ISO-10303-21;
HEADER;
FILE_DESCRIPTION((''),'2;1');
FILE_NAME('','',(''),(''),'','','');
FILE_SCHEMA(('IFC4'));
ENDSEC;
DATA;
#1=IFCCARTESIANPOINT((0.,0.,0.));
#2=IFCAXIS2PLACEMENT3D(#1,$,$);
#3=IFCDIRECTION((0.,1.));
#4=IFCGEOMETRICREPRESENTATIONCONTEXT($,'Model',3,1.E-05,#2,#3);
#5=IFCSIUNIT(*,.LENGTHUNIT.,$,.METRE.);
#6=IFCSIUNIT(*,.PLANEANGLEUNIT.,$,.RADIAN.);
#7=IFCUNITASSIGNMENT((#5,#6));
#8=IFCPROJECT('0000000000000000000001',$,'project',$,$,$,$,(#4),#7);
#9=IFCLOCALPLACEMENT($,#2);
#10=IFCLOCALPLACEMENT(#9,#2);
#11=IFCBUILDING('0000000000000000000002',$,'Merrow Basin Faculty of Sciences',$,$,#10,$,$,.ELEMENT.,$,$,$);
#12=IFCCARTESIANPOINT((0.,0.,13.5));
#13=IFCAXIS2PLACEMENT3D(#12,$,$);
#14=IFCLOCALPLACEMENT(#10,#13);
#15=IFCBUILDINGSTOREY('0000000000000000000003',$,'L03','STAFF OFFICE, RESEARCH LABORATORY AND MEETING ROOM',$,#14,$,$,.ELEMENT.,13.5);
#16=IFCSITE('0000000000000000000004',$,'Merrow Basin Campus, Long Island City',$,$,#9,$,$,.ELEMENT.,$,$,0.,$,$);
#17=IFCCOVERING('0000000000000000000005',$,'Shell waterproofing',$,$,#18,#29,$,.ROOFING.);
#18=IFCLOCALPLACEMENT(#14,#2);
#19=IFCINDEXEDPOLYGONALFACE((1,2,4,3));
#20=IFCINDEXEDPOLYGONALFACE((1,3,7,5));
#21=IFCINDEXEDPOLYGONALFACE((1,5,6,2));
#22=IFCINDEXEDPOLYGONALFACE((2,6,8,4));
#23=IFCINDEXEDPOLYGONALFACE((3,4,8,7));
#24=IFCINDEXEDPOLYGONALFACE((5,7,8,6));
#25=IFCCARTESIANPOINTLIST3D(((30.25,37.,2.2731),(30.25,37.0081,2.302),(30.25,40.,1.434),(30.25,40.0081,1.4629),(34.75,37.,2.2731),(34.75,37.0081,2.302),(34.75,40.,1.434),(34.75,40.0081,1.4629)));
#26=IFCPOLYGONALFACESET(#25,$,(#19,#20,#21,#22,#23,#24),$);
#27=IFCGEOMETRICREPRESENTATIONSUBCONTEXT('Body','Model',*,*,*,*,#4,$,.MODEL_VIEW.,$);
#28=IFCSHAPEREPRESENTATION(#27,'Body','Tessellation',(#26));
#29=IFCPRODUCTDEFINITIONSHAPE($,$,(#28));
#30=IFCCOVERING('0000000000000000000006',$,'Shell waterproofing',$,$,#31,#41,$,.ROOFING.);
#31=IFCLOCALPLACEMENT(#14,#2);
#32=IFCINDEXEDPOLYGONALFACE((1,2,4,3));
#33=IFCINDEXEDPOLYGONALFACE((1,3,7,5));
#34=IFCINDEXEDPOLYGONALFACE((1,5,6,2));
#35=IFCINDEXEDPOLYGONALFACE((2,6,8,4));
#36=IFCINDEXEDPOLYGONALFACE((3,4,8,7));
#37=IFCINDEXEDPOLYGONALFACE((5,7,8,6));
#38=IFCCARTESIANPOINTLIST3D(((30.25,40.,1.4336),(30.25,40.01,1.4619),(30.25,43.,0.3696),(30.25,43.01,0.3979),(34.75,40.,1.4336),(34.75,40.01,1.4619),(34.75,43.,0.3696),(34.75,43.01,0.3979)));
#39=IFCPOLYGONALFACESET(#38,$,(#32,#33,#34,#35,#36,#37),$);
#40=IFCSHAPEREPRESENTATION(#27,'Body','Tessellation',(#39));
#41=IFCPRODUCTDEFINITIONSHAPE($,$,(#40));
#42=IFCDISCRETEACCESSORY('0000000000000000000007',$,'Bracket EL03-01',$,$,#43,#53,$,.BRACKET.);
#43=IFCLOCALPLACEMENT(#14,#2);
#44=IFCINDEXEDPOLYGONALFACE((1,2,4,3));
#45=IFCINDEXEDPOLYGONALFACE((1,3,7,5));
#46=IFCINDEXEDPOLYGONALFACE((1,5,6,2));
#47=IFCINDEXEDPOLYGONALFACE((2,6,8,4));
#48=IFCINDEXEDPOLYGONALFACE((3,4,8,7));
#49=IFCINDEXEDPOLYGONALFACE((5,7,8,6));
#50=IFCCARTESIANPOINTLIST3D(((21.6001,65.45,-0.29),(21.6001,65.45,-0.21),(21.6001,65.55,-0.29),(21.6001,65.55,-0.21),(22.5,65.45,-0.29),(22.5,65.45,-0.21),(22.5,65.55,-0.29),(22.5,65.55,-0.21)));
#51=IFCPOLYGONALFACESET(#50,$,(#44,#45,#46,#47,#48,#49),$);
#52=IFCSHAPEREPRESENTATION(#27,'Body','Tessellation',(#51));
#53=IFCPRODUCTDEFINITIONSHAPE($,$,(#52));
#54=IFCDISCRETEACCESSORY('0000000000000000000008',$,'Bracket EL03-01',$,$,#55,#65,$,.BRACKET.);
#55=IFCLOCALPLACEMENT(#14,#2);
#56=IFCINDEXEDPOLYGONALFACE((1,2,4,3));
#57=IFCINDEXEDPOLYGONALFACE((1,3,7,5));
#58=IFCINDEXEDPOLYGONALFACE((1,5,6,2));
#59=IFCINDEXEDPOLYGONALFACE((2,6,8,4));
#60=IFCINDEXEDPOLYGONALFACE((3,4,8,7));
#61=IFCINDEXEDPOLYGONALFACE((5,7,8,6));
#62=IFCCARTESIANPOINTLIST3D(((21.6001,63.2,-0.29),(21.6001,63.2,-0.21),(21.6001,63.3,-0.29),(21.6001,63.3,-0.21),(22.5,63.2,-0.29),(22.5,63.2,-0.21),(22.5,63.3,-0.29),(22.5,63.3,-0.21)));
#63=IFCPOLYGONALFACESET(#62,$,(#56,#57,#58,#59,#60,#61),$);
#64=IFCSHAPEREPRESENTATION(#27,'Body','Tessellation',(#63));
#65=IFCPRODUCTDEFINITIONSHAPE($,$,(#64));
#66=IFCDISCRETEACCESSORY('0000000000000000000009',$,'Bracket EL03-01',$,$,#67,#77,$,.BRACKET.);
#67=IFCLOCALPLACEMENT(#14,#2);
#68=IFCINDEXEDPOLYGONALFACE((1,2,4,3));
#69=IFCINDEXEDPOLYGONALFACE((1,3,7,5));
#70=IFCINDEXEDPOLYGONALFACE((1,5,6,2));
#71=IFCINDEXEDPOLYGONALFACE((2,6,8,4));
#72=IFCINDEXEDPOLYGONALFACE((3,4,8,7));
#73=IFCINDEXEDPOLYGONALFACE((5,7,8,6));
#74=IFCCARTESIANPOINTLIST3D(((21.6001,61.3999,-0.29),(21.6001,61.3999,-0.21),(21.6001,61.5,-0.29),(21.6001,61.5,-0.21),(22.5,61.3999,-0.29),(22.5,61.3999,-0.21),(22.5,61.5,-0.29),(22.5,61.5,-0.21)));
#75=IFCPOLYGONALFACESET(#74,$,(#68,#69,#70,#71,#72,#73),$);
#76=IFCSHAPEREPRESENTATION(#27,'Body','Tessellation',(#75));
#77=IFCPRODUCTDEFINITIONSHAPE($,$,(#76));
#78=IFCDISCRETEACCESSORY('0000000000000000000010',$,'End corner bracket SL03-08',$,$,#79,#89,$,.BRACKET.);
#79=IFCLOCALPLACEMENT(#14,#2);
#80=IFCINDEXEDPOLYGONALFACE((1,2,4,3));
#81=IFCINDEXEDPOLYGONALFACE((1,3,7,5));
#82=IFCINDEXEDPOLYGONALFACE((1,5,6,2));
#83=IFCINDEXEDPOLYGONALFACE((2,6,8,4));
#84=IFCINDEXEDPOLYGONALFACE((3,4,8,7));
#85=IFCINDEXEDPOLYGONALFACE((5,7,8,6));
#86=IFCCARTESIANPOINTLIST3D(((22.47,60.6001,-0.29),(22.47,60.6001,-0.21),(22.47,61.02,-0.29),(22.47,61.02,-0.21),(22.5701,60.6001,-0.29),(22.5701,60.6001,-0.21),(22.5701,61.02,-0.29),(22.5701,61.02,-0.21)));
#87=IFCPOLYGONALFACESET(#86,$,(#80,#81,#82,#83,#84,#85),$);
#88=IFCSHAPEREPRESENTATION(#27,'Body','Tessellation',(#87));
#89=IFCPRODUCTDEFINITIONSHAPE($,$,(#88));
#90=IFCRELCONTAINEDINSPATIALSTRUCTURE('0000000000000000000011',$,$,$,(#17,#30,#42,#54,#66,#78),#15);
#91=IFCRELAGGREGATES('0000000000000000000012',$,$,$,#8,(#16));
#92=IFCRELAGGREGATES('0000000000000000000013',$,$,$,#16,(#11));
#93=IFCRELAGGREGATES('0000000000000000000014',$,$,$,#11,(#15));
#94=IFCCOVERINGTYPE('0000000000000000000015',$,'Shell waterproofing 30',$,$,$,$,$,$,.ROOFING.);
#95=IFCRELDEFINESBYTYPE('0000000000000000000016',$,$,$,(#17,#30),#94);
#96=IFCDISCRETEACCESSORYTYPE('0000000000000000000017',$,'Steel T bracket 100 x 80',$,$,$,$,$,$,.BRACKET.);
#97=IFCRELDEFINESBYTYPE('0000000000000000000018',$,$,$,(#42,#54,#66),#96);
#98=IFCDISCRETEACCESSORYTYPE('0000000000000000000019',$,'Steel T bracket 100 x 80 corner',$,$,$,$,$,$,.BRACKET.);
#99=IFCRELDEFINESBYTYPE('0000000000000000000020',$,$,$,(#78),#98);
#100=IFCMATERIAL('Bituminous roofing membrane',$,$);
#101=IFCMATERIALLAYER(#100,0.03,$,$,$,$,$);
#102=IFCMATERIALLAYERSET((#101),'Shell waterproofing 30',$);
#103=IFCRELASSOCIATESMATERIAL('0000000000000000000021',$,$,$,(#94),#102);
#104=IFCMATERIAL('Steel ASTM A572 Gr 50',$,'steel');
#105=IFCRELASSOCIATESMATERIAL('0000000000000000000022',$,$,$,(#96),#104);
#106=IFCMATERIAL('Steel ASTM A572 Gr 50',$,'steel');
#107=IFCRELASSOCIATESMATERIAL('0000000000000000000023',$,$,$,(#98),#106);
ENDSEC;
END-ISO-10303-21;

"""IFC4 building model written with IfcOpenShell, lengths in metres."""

from ifc_helpers import new_model, si_unit, direction, frame, origin, place, context, subcontext, project, spatial, polyline, outline, extrude, source, transform, mapped, material, layer, layer_set, type_object, element, save


model = new_model("IFC4")

# Units and contexts
model_context = context("Model", 3, precision=1e-05, world=origin(), true_north=direction((0.0, 1.0)))
body_context = subcontext(model_context, "Body", "Model", "MODEL_VIEW")
ifc_project = project(units=[si_unit("LENGTHUNIT", "METRE"), si_unit("PLANEANGLEUNIT", "RADIAN")], contexts=[model_context])

# Site, building, storey
site_placement = place(None, origin())
site = spatial("IfcSite", under=ifc_project, at=site_placement, Name="Merrow Basin Campus, Long Island City", CompositionType="ELEMENT", RefElevation=0.0)
building_placement = place(site_placement, origin())
building = spatial("IfcBuilding", under=site, at=building_placement, Name="Merrow Basin Faculty of Sciences", CompositionType="ELEMENT")
storey_placement = place(building_placement, frame((0.0, 0.0, 13.5)))
storey = spatial("IfcBuildingStorey", under=building, at=storey_placement, Name="L03", Description="STAFF OFFICE, RESEARCH LABORATORY AND MEETING ROOM", CompositionType="ELEMENT", Elevation=13.5)

# Coverings
ifc_material_1 = material(Name="Bituminous roofing membrane")
ifc_layer_1 = layer(ifc_material_1, 0.03)
ifc_layer_set_1 = layer_set([ifc_layer_1], Name="Shell waterproofing 30")
covering_type_1 = type_object("IfcCoveringType", Name="Shell waterproofing 30", PredefinedType="ROOFING", material=ifc_layer_set_1)
covering_1_placement = place(storey_placement, frame((30.25, 37.0081, 2.302), z_axis=(0.0, 0.269365, 0.963038), x_axis=(1.0, 0.0, 0.0)))
element("IfcCovering", 1, at=covering_1_placement, inside=storey, type_object=covering_type_1, Name="Shell waterproofing", PredefinedType="ROOFING", context=body_context, shape_type="SweptSolid", body=[
    extrude(outline(polyline([(0.0, 0.0), (4.5, 0.0), (4.5, 3.1151), (0.0, 3.1151), (0.0, 0.0)])), origin(), (0.0, 0.0, -1.0), 0.03),
])
covering_2_placement = place(storey_placement, frame((30.25, 40.01, 1.4619), z_axis=(0.0, 0.334256, 0.942482), x_axis=(1.0, 0.0, 0.0)))
element("IfcCovering", 2, at=covering_2_placement, inside=storey, type_object=covering_type_1, Name="Shell waterproofing", PredefinedType="ROOFING", context=body_context, shape_type="SweptSolid", body=[
    extrude(outline(polyline([(0.0, 0.0), (4.5, 0.0), (4.5, 3.1831), (0.0, 3.1831), (0.0, 0.0)])), origin(), (0.0, 0.0, -1.0), 0.03),
])

# Discrete accessories
ifc_material_2 = material(Name="Steel ASTM A572 Gr 50", Category="steel")
discrete_accessory_type_1 = type_object("IfcDiscreteAccessoryType", Name="Steel T bracket 100 x 80", PredefinedType="BRACKET", material=ifc_material_2)
shared_shape_1 = source(origin(), body_context, "Body", "SweptSolid", [
    extrude(outline(polyline([(0.0, 0.0), (0.1001, 0.0), (0.1001, 0.0801), (0.0, 0.0801), (0.0, 0.0)])), origin(), (0.0, 0.0, 1.0), 0.8999),
])
for number, where, z_axis, x_axis, name in (
    (3, (22.5, 65.55, -0.29), (-1.0, 0.0, 0.0), (0.0, -1.0, 0.0), "Bracket EL03-01"),
    (4, (22.5, 63.3, -0.29), (-1.0, 0.0, 0.0), (0.0, -1.0, 0.0), "Bracket EL03-01"),
    (5, (22.5, 61.5, -0.29), (-1.0, 0.0, 0.0), (0.0, -1.0, 0.0), "Bracket EL03-01"),
):
    element("IfcDiscreteAccessory", number, at=place(storey_placement, frame(where, z_axis=z_axis, x_axis=x_axis)), inside=storey, type_object=discrete_accessory_type_1, Name=name, PredefinedType="BRACKET", context=body_context, shape_type="MappedRepresentation", body=[
        mapped(shared_shape_1, transform((0.0, 0.0, 0.0), scale=1.0)),
    ])
ifc_material_3 = material(Name="Steel ASTM A572 Gr 50", Category="steel")
discrete_accessory_type_2 = type_object("IfcDiscreteAccessoryType", Name="Steel T bracket 100 x 80 corner", PredefinedType="BRACKET", material=ifc_material_3)
shared_shape_2 = source(origin(), body_context, "Body", "SweptSolid", [
    extrude(outline(polyline([(0.0, 0.0), (0.1001, 0.0), (0.1001, 0.0801), (0.0, 0.0801), (0.0, 0.0)])), origin(), (0.0, 0.0, 1.0), 0.4199),
])
discrete_accessory_placement = place(storey_placement, frame((22.5701, 60.6001, -0.29), z_axis=(0.0, 1.0, 0.0), x_axis=(-1.0, 0.0, 0.0)))
element("IfcDiscreteAccessory", 6, at=discrete_accessory_placement, inside=storey, type_object=discrete_accessory_type_2, Name="End corner bracket SL03-08", PredefinedType="BRACKET", context=body_context, shape_type="MappedRepresentation", body=[
    mapped(shared_shape_2, transform((0.0, 0.0, 0.0), scale=1.0)),
])

save(model, "model.ifc")
